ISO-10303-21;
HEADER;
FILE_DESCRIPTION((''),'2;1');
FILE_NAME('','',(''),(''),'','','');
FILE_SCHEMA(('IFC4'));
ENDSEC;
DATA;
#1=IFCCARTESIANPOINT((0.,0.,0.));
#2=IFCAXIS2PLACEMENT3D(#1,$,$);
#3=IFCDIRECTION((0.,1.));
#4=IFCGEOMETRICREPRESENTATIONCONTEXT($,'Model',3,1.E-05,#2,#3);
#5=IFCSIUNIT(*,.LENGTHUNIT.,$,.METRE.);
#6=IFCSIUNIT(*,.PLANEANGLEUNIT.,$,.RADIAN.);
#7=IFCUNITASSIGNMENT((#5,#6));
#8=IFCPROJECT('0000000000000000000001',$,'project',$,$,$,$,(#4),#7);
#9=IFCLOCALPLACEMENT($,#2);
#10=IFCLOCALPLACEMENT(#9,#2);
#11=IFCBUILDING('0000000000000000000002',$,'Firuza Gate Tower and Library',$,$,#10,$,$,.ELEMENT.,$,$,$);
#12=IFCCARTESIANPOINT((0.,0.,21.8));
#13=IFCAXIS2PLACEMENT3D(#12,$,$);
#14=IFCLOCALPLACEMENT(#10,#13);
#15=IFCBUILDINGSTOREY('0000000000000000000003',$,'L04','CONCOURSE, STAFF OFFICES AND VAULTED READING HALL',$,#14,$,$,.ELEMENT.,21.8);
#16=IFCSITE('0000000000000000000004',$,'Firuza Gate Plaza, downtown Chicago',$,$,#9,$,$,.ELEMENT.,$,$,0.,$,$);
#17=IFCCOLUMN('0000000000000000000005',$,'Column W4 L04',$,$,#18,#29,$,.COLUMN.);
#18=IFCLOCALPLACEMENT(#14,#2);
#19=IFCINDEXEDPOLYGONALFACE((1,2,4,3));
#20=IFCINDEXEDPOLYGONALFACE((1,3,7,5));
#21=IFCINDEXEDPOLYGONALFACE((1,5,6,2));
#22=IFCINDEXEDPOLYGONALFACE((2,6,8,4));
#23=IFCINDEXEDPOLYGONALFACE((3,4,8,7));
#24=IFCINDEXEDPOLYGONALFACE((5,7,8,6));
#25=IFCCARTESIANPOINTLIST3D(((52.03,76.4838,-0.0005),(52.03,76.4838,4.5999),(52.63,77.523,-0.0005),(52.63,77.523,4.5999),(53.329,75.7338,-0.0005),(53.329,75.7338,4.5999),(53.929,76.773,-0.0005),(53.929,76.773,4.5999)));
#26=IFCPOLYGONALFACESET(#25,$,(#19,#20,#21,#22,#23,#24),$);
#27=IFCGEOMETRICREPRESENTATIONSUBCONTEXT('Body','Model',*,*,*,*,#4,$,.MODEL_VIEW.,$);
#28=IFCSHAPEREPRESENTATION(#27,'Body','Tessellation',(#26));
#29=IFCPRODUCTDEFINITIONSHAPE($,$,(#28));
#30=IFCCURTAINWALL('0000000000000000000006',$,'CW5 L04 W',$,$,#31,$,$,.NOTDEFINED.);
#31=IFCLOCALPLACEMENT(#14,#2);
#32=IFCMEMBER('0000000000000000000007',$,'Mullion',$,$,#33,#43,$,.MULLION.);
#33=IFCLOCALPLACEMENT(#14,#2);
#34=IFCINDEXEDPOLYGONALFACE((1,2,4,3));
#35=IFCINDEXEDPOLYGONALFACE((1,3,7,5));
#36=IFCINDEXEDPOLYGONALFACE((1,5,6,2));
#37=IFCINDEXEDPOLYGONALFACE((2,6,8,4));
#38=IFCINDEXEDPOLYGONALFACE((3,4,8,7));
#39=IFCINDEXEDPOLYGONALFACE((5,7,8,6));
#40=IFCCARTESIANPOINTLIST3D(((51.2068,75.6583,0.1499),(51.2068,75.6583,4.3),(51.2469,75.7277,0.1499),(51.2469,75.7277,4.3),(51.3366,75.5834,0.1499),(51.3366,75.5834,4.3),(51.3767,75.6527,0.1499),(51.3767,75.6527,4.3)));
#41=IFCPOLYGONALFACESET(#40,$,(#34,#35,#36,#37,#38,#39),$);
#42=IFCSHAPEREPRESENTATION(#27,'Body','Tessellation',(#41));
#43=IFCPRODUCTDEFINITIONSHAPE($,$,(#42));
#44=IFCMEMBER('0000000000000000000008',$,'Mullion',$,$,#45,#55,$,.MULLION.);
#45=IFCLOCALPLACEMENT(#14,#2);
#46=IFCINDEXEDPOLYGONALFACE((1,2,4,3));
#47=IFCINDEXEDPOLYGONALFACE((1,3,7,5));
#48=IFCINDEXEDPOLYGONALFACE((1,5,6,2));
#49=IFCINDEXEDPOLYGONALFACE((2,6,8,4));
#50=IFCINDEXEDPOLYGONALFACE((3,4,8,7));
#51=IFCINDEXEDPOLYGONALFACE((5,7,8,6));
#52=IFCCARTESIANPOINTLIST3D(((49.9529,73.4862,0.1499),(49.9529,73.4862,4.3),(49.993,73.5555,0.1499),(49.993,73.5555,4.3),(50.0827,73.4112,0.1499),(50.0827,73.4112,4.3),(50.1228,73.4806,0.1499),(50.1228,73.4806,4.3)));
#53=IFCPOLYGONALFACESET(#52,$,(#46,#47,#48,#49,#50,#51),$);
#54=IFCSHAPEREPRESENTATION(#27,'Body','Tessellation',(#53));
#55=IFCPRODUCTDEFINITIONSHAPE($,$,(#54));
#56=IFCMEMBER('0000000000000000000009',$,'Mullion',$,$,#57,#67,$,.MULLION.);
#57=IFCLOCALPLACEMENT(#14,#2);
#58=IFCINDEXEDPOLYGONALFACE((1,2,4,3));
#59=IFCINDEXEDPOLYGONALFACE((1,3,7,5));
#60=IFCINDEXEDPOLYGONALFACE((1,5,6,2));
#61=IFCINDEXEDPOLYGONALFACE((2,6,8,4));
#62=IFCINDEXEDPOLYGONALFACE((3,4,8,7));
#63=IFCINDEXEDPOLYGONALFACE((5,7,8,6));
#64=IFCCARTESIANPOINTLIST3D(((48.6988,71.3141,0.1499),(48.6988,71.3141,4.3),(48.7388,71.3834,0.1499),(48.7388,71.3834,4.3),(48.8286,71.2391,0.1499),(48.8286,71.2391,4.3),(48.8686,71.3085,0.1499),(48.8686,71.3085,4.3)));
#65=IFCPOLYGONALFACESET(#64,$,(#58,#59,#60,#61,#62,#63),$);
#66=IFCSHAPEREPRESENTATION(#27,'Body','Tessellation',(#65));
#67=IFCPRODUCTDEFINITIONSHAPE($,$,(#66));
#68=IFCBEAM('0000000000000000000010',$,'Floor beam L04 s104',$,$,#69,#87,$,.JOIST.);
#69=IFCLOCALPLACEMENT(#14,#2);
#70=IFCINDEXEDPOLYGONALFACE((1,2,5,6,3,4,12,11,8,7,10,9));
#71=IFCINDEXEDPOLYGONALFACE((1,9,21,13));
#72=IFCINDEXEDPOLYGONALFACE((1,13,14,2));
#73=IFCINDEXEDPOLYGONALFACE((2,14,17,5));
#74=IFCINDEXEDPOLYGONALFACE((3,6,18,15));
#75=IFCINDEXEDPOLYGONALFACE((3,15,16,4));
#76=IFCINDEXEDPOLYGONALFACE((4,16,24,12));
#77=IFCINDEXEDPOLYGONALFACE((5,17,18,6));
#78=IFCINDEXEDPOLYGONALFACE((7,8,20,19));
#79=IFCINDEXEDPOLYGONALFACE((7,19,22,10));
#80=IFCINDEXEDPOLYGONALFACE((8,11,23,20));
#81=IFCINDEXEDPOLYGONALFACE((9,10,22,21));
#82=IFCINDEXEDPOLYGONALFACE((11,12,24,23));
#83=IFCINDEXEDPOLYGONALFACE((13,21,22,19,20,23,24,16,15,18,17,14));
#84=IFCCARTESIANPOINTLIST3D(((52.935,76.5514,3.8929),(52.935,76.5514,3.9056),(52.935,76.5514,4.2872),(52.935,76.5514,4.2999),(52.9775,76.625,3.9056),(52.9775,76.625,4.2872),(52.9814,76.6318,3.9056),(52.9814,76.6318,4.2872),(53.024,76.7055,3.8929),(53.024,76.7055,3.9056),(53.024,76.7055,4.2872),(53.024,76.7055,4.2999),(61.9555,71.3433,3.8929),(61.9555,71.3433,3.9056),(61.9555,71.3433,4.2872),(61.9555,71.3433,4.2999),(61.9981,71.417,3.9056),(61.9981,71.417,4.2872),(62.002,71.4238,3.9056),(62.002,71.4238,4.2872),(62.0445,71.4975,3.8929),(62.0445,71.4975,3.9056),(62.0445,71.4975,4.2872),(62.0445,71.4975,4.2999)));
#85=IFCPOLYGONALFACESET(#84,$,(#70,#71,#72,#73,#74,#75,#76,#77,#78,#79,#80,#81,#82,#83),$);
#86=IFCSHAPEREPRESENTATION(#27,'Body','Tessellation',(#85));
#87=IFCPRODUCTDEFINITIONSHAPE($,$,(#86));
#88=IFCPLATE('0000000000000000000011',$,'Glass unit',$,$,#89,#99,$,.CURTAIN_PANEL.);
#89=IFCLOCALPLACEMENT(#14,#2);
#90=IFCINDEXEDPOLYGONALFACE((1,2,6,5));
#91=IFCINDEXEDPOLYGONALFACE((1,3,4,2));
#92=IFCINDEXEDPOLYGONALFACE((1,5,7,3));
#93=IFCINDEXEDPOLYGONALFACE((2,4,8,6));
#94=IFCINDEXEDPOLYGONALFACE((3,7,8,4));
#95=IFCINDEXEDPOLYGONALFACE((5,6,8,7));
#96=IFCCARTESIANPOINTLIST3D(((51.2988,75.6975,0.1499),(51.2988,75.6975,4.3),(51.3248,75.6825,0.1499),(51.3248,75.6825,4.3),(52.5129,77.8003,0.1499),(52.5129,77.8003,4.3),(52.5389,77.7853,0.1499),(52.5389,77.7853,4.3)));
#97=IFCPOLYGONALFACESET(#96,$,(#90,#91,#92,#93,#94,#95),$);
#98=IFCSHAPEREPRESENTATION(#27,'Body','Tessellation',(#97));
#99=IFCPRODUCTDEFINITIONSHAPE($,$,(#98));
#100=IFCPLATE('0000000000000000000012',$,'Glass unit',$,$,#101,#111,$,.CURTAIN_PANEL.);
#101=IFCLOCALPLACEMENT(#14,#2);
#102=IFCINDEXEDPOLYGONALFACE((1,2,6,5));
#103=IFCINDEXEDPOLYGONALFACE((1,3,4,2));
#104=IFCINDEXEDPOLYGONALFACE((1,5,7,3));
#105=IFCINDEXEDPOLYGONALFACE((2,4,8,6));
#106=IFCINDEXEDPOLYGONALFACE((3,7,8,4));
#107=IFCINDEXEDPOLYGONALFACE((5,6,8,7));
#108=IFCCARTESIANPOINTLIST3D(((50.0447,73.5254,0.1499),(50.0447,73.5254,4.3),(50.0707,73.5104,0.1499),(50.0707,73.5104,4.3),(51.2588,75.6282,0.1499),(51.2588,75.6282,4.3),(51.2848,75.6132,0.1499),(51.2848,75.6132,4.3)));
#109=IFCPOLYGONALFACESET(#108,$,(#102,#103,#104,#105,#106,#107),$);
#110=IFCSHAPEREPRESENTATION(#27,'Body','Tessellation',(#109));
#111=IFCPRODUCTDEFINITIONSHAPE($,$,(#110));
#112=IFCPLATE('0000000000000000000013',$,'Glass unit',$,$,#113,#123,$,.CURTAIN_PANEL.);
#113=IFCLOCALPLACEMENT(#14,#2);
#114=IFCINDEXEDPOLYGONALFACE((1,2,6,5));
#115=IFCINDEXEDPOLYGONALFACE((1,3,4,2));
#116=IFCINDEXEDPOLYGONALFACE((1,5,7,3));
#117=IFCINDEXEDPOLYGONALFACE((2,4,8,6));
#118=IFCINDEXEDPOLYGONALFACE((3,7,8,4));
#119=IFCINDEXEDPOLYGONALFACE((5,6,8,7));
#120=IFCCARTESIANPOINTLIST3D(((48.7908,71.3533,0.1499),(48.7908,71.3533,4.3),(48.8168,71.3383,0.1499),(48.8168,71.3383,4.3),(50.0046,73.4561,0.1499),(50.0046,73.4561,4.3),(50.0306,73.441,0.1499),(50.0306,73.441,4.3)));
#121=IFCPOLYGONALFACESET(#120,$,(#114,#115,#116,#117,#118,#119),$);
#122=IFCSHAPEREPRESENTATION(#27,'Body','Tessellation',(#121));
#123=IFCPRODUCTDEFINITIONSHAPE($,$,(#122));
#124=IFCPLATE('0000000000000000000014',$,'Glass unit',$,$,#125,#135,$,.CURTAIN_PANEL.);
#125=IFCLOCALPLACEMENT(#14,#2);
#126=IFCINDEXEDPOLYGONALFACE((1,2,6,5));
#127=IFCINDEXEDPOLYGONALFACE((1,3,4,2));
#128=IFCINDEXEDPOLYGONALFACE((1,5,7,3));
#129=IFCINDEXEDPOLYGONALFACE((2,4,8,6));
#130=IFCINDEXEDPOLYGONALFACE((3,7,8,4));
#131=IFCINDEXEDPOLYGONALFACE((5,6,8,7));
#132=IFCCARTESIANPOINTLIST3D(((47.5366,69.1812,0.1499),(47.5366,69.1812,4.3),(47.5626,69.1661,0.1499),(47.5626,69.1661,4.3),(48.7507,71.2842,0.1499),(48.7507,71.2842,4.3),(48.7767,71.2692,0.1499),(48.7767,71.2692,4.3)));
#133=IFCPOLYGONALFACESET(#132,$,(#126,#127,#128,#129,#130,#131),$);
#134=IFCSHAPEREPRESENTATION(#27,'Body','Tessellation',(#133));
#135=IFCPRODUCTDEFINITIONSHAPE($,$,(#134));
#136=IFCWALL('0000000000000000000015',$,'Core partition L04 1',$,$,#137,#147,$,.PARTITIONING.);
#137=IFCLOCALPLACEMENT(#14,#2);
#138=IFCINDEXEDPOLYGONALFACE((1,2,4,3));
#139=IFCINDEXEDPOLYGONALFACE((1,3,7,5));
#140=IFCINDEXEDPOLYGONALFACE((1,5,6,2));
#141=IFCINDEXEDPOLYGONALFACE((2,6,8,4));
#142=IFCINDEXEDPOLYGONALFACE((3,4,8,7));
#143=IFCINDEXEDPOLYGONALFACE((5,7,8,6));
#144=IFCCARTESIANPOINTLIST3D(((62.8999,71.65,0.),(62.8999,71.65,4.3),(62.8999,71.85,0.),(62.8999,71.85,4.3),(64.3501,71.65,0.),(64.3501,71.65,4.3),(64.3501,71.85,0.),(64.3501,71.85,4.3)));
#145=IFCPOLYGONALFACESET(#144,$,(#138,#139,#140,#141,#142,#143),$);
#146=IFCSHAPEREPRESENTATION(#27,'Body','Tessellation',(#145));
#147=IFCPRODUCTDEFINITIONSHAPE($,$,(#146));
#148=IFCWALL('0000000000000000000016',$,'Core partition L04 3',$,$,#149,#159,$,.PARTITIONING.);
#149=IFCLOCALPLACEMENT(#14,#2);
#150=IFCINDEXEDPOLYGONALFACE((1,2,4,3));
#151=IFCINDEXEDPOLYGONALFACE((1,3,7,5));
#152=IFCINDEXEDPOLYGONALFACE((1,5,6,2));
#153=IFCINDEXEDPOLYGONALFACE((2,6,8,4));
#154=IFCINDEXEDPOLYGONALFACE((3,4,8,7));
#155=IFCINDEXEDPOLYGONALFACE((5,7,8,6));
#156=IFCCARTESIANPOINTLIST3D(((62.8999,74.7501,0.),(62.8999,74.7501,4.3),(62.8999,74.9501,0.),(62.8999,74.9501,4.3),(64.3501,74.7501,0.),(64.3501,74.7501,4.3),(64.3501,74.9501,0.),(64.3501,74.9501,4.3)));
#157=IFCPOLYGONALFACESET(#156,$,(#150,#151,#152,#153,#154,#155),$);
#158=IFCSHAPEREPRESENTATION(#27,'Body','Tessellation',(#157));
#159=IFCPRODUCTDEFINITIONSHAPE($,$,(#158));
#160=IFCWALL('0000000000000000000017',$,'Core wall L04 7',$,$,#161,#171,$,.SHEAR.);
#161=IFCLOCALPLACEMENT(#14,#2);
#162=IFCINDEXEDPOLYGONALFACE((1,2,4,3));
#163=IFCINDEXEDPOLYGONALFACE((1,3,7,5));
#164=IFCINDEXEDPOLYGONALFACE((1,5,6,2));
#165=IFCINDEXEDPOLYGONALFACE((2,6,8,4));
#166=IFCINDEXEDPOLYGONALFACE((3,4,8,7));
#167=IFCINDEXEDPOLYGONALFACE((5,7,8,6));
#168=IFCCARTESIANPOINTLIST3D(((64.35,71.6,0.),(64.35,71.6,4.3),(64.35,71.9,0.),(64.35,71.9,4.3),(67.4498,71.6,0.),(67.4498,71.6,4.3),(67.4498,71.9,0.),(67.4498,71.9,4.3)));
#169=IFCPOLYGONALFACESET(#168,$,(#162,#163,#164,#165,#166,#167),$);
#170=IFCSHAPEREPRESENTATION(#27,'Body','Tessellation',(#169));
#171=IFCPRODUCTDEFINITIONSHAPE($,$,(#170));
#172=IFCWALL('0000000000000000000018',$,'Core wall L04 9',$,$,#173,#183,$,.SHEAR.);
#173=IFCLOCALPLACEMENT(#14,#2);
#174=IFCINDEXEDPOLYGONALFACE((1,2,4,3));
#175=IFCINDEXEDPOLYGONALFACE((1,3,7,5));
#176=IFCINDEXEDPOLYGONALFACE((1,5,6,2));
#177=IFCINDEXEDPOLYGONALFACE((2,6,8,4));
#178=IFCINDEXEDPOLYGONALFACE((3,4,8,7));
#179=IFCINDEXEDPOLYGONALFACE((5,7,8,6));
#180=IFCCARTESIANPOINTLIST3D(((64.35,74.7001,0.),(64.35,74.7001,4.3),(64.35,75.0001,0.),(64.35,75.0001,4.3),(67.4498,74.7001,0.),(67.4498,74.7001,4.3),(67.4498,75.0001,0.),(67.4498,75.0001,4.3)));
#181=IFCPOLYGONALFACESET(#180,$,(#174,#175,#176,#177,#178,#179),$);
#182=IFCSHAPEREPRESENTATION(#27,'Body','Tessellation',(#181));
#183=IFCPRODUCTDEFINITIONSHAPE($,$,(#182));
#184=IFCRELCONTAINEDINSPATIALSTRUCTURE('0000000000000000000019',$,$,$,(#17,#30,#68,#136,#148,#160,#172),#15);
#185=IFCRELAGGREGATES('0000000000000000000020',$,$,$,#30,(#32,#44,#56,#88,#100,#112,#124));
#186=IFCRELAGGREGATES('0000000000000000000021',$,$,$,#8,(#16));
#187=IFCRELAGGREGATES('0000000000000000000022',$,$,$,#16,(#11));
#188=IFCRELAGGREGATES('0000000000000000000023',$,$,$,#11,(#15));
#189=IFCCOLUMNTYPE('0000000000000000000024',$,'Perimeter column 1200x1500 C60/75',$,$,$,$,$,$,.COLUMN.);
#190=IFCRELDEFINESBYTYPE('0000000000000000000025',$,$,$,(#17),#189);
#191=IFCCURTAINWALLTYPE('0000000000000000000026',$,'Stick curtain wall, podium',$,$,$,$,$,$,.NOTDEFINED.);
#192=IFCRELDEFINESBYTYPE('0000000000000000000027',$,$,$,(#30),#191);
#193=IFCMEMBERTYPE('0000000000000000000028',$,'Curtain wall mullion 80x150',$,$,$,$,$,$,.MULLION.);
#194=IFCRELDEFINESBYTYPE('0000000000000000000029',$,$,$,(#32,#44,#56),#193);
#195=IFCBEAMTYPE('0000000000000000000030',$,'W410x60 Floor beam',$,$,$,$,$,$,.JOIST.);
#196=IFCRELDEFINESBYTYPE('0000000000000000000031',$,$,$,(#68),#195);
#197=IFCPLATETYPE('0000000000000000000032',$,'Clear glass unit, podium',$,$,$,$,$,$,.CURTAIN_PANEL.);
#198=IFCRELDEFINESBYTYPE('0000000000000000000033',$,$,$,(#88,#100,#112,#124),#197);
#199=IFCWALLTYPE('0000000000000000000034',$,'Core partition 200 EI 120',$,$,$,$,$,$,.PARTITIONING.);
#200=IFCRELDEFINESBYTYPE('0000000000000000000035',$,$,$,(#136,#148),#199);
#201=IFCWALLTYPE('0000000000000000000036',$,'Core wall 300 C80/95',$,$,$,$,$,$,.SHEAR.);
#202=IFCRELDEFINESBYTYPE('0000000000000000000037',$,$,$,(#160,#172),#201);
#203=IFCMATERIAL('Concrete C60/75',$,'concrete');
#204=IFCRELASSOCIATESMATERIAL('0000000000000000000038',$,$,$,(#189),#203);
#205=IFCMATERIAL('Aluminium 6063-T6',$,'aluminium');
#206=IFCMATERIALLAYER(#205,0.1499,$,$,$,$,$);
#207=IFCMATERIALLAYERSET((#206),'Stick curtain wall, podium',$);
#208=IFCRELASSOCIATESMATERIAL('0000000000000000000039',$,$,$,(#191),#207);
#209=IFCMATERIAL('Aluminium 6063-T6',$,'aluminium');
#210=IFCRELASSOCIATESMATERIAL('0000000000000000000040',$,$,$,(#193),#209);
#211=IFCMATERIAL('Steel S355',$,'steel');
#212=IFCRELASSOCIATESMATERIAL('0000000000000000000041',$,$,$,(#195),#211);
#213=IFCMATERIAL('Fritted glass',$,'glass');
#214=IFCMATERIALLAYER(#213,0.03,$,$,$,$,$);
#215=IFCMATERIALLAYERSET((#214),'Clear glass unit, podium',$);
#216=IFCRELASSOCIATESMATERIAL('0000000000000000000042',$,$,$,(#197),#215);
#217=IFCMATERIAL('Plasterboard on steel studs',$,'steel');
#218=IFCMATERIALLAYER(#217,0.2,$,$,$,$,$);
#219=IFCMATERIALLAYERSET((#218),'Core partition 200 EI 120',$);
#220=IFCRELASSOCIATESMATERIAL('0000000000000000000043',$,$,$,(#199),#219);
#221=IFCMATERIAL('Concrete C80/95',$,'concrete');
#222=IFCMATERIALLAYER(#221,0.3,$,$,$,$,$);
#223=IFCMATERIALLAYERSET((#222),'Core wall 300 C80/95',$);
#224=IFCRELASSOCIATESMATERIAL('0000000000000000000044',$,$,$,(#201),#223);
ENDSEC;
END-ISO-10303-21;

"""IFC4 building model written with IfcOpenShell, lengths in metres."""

from ifc_helpers import new_model, si_unit, direction, frame, frame_2d, origin, origin_2d, place, context, subcontext, project, spatial, polyline, rectangle, i_section, outline, extrude, material, layer, layer_set, material_profile, profile_set, type_object, element, aggregate, save


model = new_model("IFC4")

# Units and contexts
model_context = context("Model", 3, precision=1e-05, world=origin(), true_north=direction((0.0, 1.0)))
body_context = subcontext(model_context, "Body", "Model", "MODEL_VIEW")
ifc_project = project(units=[si_unit("LENGTHUNIT", "METRE"), si_unit("PLANEANGLEUNIT", "RADIAN")], contexts=[model_context])

# Site, building, storey
site_placement = place(None, origin())
site = spatial("IfcSite", under=ifc_project, at=site_placement, Name="Firuza Gate Plaza, downtown Chicago", CompositionType="ELEMENT", RefElevation=0.0)
building_placement = place(site_placement, origin())
building = spatial("IfcBuilding", under=site, at=building_placement, Name="Firuza Gate Tower and Library", CompositionType="ELEMENT")
storey_placement = place(building_placement, frame((0.0, 0.0, 21.8)))
storey = spatial("IfcBuildingStorey", under=building, at=storey_placement, Name="L04", Description="CONCOURSE, STAFF OFFICES AND VAULTED READING HALL", CompositionType="ELEMENT", Elevation=21.8)

# Column
ifc_material_1 = material(Name="Concrete C60/75", Category="concrete")
ifc_material_profile_1 = material_profile(ifc_material_1, rectangle(XDim=1.2, YDim=1.5, at=origin_2d()))
ifc_profile_set_1 = profile_set([ifc_material_profile_1], Name="Concrete C60/75")
column_type = type_object("IfcColumnType", Name="Perimeter column 1200x1500 C60/75", PredefinedType="COLUMN", material=ifc_profile_set_1)
column_placement = place(storey_placement, frame((52.9795, 76.6284, -0.0005), z_axis=(0.0, 0.0, 1.0), x_axis=(-0.5, -0.866025, 0.0)))
element("IfcColumn", 1, at=column_placement, inside=storey, type_object=column_type, Name="Column W4 L04", PredefinedType="COLUMN", context=body_context, shape_type="SweptSolid", body=[
    extrude(rectangle(XDim=1.2, YDim=1.5, at=origin_2d()), origin(), (0.0, 0.0, 1.0), 4.6003),
])

# Curtain wall, members
ifc_material_2 = material(Name="Aluminium 6063-T6", Category="aluminium")
ifc_layer_1 = layer(ifc_material_2, 0.1499)
ifc_layer_set_1 = layer_set([ifc_layer_1], Name="Stick curtain wall, podium")
curtain_wall_type = type_object("IfcCurtainWallType", Name="Stick curtain wall, podium", PredefinedType="NOTDEFINED", material=ifc_layer_set_1)
curtain_wall_placement = place(storey_placement, origin())
curtain_wall = element("IfcCurtainWall", 2, at=curtain_wall_placement, inside=storey, type_object=curtain_wall_type, Name="CW5 L04 W", PredefinedType="NOTDEFINED")
ifc_material_3 = material(Name="Aluminium 6063-T6", Category="aluminium")
ifc_material_profile_2 = material_profile(ifc_material_3, rectangle(XDim=0.1499, YDim=0.0801, at=origin_2d()))
ifc_profile_set_2 = profile_set([ifc_material_profile_2], Name="Aluminium 6063-T6")
member_type = type_object("IfcMemberType", Name="Curtain wall mullion 80x150", PredefinedType="MULLION", material=ifc_profile_set_2)
member_1_placement = place(storey_placement, frame((51.2917, 75.6555, 0.1499), z_axis=(0.0, 0.0, 1.0), x_axis=(0.866025, -0.5, 0.0)))
member_1 = element("IfcMember", 3, at=member_1_placement, type_object=member_type, Name="Mullion", PredefinedType="MULLION", context=body_context, shape_type="SweptSolid", body=[
    extrude(rectangle(XDim=0.1499, YDim=0.0801, at=origin_2d()), origin(), (0.0, 0.0, 1.0), 4.1501),
])
member_2_placement = place(storey_placement, frame((50.0378, 73.4834, 0.1499), z_axis=(0.0, 0.0, 1.0), x_axis=(0.866025, -0.5, 0.0)))
member_2 = element("IfcMember", 4, at=member_2_placement, type_object=member_type, Name="Mullion", PredefinedType="MULLION", context=body_context, shape_type="SweptSolid", body=[
    extrude(rectangle(XDim=0.1499, YDim=0.0801, at=origin_2d()), origin(), (0.0, 0.0, 1.0), 4.1501),
])
member_3_placement = place(storey_placement, frame((48.7837, 71.3113, 0.1499), z_axis=(0.0, 0.0, 1.0), x_axis=(0.866025, -0.5, 0.0)))
member_3 = element("IfcMember", 5, at=member_3_placement, type_object=member_type, Name="Mullion", PredefinedType="MULLION", context=body_context, shape_type="SweptSolid", body=[
    extrude(rectangle(XDim=0.1499, YDim=0.0801, at=origin_2d()), origin(), (0.0, 0.0, 1.0), 4.1501),
])

# Beam
ifc_material_4 = material(Name="Steel S355", Category="steel")
ifc_material_profile_3 = material_profile(ifc_material_4, i_section(OverallWidth=0.178, OverallDepth=0.407, WebThickness=0.0078, FlangeThickness=0.0127, at=origin_2d()))
ifc_profile_set_3 = profile_set([ifc_material_profile_3], Name="Steel S355")
beam_type = type_object("IfcBeamType", Name="W410x60 Floor beam", PredefinedType="JOIST", material=ifc_profile_set_3)
beam_placement = place(storey_placement, frame((52.9795, 76.6284, 4.0964), z_axis=(0.866025, -0.500001, 0.0), x_axis=(0.500001, 0.866025, 0.0)))
element("IfcBeam", 6, at=beam_placement, inside=storey, type_object=beam_type, Name="Floor beam L04 s104", PredefinedType="JOIST", context=body_context, shape_type="SweptSolid", body=[
    extrude(i_section(OverallWidth=0.178, OverallDepth=0.407, WebThickness=0.0078, FlangeThickness=0.0127, at=origin_2d()), origin(), (0.0, 0.0, 1.0), 10.416),
])

# Plates
ifc_material_5 = material(Name="Fritted glass", Category="glass")
ifc_layer_2 = layer(ifc_material_5, 0.03)
ifc_layer_set_2 = layer_set([ifc_layer_2], Name="Clear glass unit, podium")
plate_type = type_object("IfcPlateType", Name="Clear glass unit, podium", PredefinedType="CURTAIN_PANEL", material=ifc_layer_set_2)
plate_1_placement = place(storey_placement, frame((52.5129, 77.8003, 0.1499), z_axis=(-0.866013, 0.500021, 0.0), x_axis=(-0.500021, -0.866013, 0.0)))
plate_1 = element("IfcPlate", 7, at=plate_1_placement, type_object=plate_type, Name="Glass unit", PredefinedType="CURTAIN_PANEL", context=body_context, shape_type="SweptSolid", body=[
    extrude(outline(polyline([(0.0, 0.0), (2.4281, 0.0), (2.4281, 4.1501), (0.0, 4.1501), (0.0, 0.0)])), origin(), (0.0, 0.0, -1.0), 0.03),
])
plate_2_placement = place(storey_placement, frame((51.2588, 75.6282, 0.1499), z_axis=(-0.866013, 0.500021, 0.0), x_axis=(-0.500021, -0.866013, 0.0)))
plate_2 = element("IfcPlate", 8, at=plate_2_placement, type_object=plate_type, Name="Glass unit", PredefinedType="CURTAIN_PANEL", context=body_context, shape_type="SweptSolid", body=[
    extrude(outline(polyline([(0.0, 0.0), (2.4281, 0.0), (2.4281, 4.1501), (0.0, 4.1501), (0.0, 0.0)])), origin(), (0.0, 0.0, -1.0), 0.03),
])
plate_3_placement = place(storey_placement, frame((50.0046, 73.4561, 0.1499), z_axis=(-0.866057, 0.499946, 0.0), x_axis=(-0.499946, -0.866057, 0.0)))
plate_3 = element("IfcPlate", 9, at=plate_3_placement, type_object=plate_type, Name="Glass unit", PredefinedType="CURTAIN_PANEL", context=body_context, shape_type="SweptSolid", body=[
    extrude(outline(polyline([(0.0, 0.0), (2.428, 0.0), (2.428, 4.1501), (0.0, 4.1501), (0.0, 0.0)])), origin(), (0.0, 0.0, -1.0), 0.03),
])
plate_4_placement = place(storey_placement, frame((48.7507, 71.2842, 0.1499), z_axis=(-0.866038, 0.499978, 0.0), x_axis=(-0.499978, -0.866038, 0.0)))
plate_4 = element("IfcPlate", 10, at=plate_4_placement, type_object=plate_type, Name="Glass unit", PredefinedType="CURTAIN_PANEL", context=body_context, shape_type="SweptSolid", body=[
    extrude(outline(polyline([(0.0, 0.0), (2.4283, 0.0), (2.4283, 4.1501), (0.0, 4.1501), (0.0, 0.0)])), origin(), (0.0, 0.0, -1.0), 0.03),
])
aggregate(curtain_wall, [member_1, member_2, member_3, plate_1, plate_2, plate_3, plate_4])

# Walls
ifc_material_6 = material(Name="Plasterboard on steel studs", Category="steel")
ifc_layer_3 = layer(ifc_material_6, 0.2)
ifc_layer_set_3 = layer_set([ifc_layer_3], Name="Core partition 200 EI 120")
wall_type_1 = type_object("IfcWallType", Name="Core partition 200 EI 120", PredefinedType="PARTITIONING", material=ifc_layer_set_3)
for number, where, z_axis, x_axis, name in (
    (11, (62.8999, 71.75, 0.0), (0.0, 0.0, 1.0), (1.0, 0.0, 0.0), "Core partition L04 1"),
    (12, (62.8999, 74.8501, 0.0), (0.0, 0.0, 1.0), (1.0, 0.0, 0.0), "Core partition L04 3"),
):
    element("IfcWall", number, at=place(storey_placement, frame(where, z_axis=z_axis, x_axis=x_axis)), inside=storey, type_object=wall_type_1, Name=name, PredefinedType="PARTITIONING", context=body_context, shape_type="SweptSolid", body=[
        extrude(rectangle(XDim=1.4502, YDim=0.2, at=frame_2d((0.7251, 0.0))), origin(), (0.0, 0.0, 1.0), 4.3),
    ])
ifc_material_7 = material(Name="Concrete C80/95", Category="concrete")
ifc_layer_4 = layer(ifc_material_7, 0.3)
ifc_layer_set_4 = layer_set([ifc_layer_4], Name="Core wall 300 C80/95")
wall_type_2 = type_object("IfcWallType", Name="Core wall 300 C80/95", PredefinedType="SHEAR", material=ifc_layer_set_4)
for number, where, z_axis, x_axis, name in (
    (13, (64.3501, 71.75, 0.0), (0.0, 0.0, 1.0), (1.0, 0.0, 0.0), "Core wall L04 7"),
    (14, (64.3501, 74.8501, 0.0), (0.0, 0.0, 1.0), (1.0, 0.0, 0.0), "Core wall L04 9"),
):
    element("IfcWall", number, at=place(storey_placement, frame(where, z_axis=z_axis, x_axis=x_axis)), inside=storey, type_object=wall_type_2, Name=name, PredefinedType="SHEAR", context=body_context, shape_type="SweptSolid", body=[
        extrude(rectangle(XDim=3.0999, YDim=0.3, at=frame_2d((1.5498, 0.0))), origin(), (0.0, 0.0, 1.0), 4.3),
    ])

save(model, "model.ifc")
